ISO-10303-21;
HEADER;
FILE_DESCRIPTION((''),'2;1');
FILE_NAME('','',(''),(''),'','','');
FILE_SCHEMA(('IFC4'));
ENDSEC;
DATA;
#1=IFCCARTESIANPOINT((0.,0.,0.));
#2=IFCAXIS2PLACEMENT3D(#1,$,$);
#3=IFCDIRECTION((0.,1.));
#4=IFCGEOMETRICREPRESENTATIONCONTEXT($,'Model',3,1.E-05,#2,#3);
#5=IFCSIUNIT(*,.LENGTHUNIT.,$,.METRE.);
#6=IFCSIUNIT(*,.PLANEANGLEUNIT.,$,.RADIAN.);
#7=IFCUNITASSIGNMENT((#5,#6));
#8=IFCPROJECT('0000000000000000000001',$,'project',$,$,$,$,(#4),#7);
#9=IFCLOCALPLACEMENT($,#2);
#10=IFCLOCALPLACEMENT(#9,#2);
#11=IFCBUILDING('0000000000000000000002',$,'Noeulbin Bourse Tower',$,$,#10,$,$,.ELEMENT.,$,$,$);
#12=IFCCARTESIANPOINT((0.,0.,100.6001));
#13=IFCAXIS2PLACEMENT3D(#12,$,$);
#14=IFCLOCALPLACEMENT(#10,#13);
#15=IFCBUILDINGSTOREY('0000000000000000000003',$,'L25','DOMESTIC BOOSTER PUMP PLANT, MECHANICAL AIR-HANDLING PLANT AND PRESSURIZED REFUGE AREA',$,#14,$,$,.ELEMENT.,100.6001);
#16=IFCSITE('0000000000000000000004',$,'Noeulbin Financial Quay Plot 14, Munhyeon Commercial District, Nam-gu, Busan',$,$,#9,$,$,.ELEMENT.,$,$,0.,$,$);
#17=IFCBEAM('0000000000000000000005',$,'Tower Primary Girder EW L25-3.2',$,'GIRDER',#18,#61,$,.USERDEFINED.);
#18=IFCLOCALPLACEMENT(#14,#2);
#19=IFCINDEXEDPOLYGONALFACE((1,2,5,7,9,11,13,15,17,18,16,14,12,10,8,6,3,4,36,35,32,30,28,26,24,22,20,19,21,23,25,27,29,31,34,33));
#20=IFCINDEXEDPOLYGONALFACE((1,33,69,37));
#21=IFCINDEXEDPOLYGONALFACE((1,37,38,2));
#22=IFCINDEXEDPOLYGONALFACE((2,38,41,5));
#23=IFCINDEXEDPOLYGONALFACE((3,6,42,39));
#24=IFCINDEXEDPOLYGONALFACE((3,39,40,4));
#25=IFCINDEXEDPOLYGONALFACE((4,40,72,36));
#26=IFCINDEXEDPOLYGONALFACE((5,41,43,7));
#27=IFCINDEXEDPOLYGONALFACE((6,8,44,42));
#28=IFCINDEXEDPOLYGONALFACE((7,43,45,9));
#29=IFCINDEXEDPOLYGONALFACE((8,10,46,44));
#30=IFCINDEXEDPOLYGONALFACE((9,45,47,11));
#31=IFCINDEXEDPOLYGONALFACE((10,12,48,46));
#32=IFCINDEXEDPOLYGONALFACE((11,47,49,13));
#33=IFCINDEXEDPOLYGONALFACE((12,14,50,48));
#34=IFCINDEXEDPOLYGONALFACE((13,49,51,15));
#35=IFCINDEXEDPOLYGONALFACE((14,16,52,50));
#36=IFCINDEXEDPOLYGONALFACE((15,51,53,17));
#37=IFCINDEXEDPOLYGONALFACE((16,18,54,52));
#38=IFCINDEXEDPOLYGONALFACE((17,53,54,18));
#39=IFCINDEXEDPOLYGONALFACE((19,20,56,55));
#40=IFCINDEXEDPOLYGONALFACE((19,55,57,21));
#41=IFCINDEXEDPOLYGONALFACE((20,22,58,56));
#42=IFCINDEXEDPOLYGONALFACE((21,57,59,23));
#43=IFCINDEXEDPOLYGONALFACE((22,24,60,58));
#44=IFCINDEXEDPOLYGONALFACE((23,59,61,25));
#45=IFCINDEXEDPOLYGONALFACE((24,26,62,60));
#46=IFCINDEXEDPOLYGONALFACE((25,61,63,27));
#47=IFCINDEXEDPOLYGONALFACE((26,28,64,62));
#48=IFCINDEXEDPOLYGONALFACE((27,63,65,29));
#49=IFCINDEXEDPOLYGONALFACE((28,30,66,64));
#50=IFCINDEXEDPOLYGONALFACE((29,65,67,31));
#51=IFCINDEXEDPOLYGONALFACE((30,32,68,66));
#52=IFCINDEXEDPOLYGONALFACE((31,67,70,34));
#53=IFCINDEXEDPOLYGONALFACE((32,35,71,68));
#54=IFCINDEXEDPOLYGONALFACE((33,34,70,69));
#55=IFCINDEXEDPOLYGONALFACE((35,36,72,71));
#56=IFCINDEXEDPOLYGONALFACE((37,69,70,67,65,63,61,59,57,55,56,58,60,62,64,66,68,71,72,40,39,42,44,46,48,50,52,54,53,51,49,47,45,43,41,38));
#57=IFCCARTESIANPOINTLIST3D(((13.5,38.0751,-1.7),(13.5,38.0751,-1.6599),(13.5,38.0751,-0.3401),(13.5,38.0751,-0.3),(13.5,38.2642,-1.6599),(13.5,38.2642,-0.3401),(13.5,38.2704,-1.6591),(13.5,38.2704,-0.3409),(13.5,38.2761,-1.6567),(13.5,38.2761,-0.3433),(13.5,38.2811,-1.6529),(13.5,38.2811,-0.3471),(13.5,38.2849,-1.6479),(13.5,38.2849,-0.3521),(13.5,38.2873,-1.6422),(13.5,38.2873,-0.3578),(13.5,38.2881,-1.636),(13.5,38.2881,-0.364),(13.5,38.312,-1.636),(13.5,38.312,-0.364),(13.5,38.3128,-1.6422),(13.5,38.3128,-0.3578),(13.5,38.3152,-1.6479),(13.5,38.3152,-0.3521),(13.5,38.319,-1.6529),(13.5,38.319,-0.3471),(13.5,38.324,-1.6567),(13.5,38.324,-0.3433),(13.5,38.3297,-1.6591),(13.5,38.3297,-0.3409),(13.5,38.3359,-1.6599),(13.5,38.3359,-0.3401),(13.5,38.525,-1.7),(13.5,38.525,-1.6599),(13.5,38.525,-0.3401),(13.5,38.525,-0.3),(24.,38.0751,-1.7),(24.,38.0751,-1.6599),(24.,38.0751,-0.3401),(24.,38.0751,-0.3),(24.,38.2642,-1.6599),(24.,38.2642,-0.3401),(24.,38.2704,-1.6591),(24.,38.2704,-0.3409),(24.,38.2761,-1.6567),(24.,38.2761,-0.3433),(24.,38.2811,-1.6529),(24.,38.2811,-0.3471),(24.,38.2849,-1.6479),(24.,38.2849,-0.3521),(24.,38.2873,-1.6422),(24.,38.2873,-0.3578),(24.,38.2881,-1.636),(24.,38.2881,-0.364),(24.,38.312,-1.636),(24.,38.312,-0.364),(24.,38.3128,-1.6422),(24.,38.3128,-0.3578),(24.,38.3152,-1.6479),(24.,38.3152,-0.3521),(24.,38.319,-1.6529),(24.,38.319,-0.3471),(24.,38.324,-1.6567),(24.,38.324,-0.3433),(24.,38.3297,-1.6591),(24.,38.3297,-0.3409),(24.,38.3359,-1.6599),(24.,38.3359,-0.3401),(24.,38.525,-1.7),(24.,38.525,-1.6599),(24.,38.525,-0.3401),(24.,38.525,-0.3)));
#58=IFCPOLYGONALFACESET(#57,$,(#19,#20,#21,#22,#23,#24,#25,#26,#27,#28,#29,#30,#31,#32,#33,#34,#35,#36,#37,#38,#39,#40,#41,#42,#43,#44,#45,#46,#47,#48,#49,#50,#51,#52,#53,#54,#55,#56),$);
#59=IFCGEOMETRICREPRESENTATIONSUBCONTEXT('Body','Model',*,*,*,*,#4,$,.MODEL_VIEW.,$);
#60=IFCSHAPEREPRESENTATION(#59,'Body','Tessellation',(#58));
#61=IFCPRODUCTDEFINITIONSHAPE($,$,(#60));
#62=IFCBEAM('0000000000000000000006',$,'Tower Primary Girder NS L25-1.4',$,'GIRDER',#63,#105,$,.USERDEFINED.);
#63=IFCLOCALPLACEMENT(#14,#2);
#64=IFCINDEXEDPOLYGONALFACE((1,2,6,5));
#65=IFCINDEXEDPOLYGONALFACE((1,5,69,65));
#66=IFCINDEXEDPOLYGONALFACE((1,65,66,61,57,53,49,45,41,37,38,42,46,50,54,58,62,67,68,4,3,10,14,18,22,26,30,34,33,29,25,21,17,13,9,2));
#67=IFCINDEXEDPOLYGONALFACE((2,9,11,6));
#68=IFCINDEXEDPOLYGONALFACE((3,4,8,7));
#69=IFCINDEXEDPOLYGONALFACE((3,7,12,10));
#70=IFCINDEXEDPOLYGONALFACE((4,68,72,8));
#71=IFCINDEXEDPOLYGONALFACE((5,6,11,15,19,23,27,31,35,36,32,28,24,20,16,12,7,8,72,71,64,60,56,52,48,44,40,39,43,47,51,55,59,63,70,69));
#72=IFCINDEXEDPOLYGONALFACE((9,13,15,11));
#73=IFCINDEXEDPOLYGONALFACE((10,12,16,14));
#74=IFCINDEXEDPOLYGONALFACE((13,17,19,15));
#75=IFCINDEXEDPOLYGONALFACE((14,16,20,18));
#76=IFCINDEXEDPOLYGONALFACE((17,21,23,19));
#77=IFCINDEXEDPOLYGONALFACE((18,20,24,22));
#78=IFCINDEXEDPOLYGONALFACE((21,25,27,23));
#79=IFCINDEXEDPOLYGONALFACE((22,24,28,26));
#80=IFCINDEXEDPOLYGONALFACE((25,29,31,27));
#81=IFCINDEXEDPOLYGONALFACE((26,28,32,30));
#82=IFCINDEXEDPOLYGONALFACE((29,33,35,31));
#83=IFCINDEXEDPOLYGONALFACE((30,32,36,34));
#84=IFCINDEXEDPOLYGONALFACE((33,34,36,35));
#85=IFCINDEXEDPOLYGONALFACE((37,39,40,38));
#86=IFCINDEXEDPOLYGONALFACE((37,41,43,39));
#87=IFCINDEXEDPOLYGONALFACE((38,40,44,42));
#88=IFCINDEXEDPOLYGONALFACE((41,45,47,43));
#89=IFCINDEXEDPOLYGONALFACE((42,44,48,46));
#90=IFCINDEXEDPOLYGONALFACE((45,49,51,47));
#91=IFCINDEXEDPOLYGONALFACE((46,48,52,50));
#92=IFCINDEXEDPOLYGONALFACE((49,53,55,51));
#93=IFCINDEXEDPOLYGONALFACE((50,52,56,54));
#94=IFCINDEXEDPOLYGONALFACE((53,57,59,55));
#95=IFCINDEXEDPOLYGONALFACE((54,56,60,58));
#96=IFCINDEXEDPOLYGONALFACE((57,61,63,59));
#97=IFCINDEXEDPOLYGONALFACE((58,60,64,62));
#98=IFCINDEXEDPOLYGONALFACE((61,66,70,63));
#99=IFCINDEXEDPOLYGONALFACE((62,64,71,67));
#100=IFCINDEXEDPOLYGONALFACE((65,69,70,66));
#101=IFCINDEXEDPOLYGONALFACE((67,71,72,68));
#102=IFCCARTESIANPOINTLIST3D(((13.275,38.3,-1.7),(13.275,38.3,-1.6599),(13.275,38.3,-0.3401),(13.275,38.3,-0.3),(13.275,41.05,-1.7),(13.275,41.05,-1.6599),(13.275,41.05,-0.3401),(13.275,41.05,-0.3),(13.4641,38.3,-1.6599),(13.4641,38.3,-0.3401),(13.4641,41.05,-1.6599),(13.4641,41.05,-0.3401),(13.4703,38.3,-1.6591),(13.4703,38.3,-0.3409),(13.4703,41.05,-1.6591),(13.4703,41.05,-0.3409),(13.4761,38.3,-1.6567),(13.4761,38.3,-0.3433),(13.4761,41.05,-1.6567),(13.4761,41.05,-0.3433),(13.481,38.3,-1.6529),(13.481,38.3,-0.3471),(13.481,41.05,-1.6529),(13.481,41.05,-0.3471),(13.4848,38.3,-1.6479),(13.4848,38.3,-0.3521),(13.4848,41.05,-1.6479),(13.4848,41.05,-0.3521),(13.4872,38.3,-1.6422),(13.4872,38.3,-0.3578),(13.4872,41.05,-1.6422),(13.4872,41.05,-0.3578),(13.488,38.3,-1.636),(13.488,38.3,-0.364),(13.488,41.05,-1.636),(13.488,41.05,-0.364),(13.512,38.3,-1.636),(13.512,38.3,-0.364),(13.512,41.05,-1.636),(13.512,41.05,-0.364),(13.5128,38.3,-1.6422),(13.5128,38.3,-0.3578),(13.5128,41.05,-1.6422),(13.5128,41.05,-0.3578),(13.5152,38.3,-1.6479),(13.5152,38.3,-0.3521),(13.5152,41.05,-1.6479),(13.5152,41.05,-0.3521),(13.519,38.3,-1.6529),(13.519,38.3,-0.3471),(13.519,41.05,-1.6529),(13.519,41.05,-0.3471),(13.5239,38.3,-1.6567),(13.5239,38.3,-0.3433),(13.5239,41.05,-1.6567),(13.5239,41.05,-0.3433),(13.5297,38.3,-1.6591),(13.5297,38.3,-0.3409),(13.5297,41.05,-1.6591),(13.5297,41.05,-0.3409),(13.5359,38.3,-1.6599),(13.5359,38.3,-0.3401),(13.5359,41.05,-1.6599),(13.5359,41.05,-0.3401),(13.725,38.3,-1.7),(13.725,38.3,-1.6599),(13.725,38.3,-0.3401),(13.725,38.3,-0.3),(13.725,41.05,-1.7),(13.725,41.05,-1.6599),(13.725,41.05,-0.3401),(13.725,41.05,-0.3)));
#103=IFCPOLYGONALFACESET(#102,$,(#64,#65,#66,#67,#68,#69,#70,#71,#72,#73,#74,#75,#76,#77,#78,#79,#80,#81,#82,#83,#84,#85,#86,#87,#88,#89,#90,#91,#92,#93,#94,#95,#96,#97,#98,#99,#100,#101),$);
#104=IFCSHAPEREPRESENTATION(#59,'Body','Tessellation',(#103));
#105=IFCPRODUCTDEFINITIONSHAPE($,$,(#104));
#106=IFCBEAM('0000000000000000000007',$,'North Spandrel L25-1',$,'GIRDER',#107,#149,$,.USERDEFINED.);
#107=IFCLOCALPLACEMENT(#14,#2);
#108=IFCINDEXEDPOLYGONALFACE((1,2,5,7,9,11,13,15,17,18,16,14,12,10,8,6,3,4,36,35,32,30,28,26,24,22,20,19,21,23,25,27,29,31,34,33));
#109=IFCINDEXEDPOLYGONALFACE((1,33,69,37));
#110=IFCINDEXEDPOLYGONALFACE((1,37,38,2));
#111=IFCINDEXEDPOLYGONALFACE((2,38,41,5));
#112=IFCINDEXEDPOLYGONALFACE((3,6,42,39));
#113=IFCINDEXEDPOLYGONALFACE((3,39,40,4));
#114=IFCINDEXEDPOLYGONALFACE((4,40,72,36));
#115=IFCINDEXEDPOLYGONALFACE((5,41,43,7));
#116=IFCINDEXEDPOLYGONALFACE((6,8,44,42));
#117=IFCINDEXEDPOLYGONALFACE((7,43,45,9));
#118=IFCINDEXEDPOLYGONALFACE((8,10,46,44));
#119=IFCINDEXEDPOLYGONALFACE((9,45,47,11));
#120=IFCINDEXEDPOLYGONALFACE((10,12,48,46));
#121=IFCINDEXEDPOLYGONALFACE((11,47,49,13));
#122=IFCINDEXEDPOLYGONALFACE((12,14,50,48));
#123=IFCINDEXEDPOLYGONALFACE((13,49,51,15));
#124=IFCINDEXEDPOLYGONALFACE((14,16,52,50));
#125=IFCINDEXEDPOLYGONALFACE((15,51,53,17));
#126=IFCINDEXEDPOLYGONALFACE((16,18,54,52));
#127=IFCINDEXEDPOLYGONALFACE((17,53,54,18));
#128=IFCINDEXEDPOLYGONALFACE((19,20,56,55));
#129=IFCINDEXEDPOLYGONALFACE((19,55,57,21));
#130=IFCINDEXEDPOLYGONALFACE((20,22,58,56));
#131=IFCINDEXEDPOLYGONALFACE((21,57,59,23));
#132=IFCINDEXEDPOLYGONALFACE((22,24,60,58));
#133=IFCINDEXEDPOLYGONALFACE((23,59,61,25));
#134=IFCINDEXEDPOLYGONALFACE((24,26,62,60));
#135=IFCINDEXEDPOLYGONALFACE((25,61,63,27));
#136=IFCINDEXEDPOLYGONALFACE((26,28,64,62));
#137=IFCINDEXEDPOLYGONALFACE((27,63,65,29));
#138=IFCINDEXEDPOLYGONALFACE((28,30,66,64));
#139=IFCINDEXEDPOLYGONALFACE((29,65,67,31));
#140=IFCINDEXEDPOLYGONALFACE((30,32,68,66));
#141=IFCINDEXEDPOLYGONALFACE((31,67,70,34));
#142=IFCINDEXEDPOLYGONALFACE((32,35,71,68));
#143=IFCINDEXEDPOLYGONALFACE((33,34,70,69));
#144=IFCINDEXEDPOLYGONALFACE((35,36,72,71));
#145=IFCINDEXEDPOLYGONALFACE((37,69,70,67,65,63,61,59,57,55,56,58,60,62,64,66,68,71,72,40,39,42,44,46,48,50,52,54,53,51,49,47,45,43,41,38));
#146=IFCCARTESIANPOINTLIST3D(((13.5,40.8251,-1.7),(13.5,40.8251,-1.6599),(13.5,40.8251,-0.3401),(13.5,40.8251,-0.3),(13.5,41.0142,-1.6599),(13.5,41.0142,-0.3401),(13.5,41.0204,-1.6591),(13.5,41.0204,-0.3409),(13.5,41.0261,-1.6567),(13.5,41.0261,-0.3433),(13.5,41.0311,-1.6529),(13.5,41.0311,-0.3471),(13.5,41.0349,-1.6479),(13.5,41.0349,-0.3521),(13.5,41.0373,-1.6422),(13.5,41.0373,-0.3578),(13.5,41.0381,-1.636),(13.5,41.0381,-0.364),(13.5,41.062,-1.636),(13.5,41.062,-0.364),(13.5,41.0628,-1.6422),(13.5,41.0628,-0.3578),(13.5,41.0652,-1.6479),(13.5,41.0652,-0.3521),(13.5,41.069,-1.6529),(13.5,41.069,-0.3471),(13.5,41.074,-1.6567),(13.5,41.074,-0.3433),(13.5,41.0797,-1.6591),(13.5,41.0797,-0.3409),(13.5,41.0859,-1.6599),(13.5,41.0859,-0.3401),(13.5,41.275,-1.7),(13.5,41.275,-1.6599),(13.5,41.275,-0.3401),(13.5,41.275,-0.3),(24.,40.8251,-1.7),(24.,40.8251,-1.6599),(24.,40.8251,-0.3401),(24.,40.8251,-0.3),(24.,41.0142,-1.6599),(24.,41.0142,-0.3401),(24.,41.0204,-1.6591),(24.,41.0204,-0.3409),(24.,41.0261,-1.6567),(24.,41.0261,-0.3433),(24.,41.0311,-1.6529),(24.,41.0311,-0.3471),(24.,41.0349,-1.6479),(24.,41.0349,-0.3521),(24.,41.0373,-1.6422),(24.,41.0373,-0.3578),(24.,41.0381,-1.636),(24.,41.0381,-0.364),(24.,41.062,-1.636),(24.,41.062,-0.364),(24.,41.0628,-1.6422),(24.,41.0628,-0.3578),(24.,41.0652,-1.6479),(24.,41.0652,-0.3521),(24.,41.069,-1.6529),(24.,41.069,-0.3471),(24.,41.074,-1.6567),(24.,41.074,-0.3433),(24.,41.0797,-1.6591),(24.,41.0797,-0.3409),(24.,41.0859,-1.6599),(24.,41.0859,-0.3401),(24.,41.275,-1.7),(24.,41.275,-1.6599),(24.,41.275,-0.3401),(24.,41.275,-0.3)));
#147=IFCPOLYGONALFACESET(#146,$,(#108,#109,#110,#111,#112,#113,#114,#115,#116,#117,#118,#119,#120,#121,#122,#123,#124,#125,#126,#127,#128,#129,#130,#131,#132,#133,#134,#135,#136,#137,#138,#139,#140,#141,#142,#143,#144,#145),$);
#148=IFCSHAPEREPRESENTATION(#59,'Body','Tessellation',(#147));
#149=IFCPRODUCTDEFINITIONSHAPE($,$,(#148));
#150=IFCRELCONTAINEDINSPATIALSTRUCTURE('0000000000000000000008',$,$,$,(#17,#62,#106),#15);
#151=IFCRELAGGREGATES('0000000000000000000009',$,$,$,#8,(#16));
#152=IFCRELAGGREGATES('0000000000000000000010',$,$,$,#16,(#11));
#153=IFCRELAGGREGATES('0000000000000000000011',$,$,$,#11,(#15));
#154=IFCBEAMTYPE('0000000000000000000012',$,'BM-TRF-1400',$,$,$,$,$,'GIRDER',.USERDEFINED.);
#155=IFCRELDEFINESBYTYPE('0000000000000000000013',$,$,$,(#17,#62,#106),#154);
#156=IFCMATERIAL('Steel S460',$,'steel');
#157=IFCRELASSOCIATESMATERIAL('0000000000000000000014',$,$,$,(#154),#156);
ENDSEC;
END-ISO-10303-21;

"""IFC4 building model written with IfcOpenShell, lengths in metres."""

from ifc_helpers import new_model, si_unit, direction, frame, origin, origin_2d, place, context, subcontext, project, spatial, i_section, extrude, material, material_profile, profile_set, type_object, element, save


model = new_model("IFC4")

# Units and contexts
model_context = context("Model", 3, precision=1e-05, world=origin(), true_north=direction((0.0, 1.0)))
body_context = subcontext(model_context, "Body", "Model", "MODEL_VIEW")
ifc_project = project(units=[si_unit("LENGTHUNIT", "METRE"), si_unit("PLANEANGLEUNIT", "RADIAN")], contexts=[model_context])

# Site, building, storey
site_placement = place(None, origin())
site = spatial("IfcSite", under=ifc_project, at=site_placement, Name="Noeulbin Financial Quay Plot 14, Munhyeon Commercial District, Nam-gu, Busan", CompositionType="ELEMENT", RefElevation=0.0)
building_placement = place(site_placement, origin())
building = spatial("IfcBuilding", under=site, at=building_placement, Name="Noeulbin Bourse Tower", CompositionType="ELEMENT")
storey_placement = place(building_placement, frame((0.0, 0.0, 100.6001)))
storey = spatial("IfcBuildingStorey", under=building, at=storey_placement, Name="L25", Description="DOMESTIC BOOSTER PUMP PLANT, MECHANICAL AIR-HANDLING PLANT AND PRESSURIZED REFUGE AREA", CompositionType="ELEMENT", Elevation=100.6001)

# Shared definitions
ifc_material_1 = material(Name="Steel S460", Category="steel")

# Beams
ifc_material_profile_1 = material_profile(ifc_material_1, i_section(OverallWidth=0.45, OverallDepth=1.3999, WebThickness=0.0239, FlangeThickness=0.04, FilletRadius=0.0239, at=origin_2d()), Name="PG-1400x450x24x40", Category="LoadBearing")
ifc_profile_set_1 = profile_set([ifc_material_profile_1], Name="Steel S460")
beam_type_1 = type_object("IfcBeamType", Name="BM-TRF-1400", ElementType="GIRDER", PredefinedType="USERDEFINED", material=ifc_profile_set_1)
beam_1_placement = place(storey_placement, frame((13.5, 38.3, -1.0), z_axis=(1.0, 0.0, 0.0), x_axis=(0.0, 1.0, 0.0)))
element("IfcBeam", 1, at=beam_1_placement, inside=storey, type_object=beam_type_1, Name="Tower Primary Girder EW L25-3.2", ObjectType="GIRDER", PredefinedType="USERDEFINED", context=body_context, shape_type="SweptSolid", body=[
    extrude(i_section(OverallWidth=0.45, OverallDepth=1.3999, WebThickness=0.0239, FlangeThickness=0.04, FilletRadius=0.0239, at=origin_2d()), origin(), (0.0, 0.0, 1.0), 10.5),
])
beam_2_placement = place(storey_placement, frame((13.5, 38.3, -1.0), z_axis=(0.0, 1.0, 0.0), x_axis=(-1.0, 0.0, 0.0)))
element("IfcBeam", 2, at=beam_2_placement, inside=storey, type_object=beam_type_1, Name="Tower Primary Girder NS L25-1.4", ObjectType="GIRDER", PredefinedType="USERDEFINED", context=body_context, shape_type="SweptSolid", body=[
    extrude(i_section(OverallWidth=0.45, OverallDepth=1.3999, WebThickness=0.0239, FlangeThickness=0.04, FilletRadius=0.0239, at=origin_2d()), origin(), (0.0, 0.0, 1.0), 2.75),
])
beam_3_placement = place(storey_placement, frame((13.5, 41.05, -1.0), z_axis=(1.0, 0.0, 0.0), x_axis=(0.0, 1.0, 0.0)))
element("IfcBeam", 3, at=beam_3_placement, inside=storey, type_object=beam_type_1, Name="North Spandrel L25-1", ObjectType="GIRDER", PredefinedType="USERDEFINED", context=body_context, shape_type="SweptSolid", body=[
    extrude(i_section(OverallWidth=0.45, OverallDepth=1.3999, WebThickness=0.0239, FlangeThickness=0.04, FilletRadius=0.0239, at=origin_2d()), origin(), (0.0, 0.0, 1.0), 10.5),
])

save(model, "model.ifc")
